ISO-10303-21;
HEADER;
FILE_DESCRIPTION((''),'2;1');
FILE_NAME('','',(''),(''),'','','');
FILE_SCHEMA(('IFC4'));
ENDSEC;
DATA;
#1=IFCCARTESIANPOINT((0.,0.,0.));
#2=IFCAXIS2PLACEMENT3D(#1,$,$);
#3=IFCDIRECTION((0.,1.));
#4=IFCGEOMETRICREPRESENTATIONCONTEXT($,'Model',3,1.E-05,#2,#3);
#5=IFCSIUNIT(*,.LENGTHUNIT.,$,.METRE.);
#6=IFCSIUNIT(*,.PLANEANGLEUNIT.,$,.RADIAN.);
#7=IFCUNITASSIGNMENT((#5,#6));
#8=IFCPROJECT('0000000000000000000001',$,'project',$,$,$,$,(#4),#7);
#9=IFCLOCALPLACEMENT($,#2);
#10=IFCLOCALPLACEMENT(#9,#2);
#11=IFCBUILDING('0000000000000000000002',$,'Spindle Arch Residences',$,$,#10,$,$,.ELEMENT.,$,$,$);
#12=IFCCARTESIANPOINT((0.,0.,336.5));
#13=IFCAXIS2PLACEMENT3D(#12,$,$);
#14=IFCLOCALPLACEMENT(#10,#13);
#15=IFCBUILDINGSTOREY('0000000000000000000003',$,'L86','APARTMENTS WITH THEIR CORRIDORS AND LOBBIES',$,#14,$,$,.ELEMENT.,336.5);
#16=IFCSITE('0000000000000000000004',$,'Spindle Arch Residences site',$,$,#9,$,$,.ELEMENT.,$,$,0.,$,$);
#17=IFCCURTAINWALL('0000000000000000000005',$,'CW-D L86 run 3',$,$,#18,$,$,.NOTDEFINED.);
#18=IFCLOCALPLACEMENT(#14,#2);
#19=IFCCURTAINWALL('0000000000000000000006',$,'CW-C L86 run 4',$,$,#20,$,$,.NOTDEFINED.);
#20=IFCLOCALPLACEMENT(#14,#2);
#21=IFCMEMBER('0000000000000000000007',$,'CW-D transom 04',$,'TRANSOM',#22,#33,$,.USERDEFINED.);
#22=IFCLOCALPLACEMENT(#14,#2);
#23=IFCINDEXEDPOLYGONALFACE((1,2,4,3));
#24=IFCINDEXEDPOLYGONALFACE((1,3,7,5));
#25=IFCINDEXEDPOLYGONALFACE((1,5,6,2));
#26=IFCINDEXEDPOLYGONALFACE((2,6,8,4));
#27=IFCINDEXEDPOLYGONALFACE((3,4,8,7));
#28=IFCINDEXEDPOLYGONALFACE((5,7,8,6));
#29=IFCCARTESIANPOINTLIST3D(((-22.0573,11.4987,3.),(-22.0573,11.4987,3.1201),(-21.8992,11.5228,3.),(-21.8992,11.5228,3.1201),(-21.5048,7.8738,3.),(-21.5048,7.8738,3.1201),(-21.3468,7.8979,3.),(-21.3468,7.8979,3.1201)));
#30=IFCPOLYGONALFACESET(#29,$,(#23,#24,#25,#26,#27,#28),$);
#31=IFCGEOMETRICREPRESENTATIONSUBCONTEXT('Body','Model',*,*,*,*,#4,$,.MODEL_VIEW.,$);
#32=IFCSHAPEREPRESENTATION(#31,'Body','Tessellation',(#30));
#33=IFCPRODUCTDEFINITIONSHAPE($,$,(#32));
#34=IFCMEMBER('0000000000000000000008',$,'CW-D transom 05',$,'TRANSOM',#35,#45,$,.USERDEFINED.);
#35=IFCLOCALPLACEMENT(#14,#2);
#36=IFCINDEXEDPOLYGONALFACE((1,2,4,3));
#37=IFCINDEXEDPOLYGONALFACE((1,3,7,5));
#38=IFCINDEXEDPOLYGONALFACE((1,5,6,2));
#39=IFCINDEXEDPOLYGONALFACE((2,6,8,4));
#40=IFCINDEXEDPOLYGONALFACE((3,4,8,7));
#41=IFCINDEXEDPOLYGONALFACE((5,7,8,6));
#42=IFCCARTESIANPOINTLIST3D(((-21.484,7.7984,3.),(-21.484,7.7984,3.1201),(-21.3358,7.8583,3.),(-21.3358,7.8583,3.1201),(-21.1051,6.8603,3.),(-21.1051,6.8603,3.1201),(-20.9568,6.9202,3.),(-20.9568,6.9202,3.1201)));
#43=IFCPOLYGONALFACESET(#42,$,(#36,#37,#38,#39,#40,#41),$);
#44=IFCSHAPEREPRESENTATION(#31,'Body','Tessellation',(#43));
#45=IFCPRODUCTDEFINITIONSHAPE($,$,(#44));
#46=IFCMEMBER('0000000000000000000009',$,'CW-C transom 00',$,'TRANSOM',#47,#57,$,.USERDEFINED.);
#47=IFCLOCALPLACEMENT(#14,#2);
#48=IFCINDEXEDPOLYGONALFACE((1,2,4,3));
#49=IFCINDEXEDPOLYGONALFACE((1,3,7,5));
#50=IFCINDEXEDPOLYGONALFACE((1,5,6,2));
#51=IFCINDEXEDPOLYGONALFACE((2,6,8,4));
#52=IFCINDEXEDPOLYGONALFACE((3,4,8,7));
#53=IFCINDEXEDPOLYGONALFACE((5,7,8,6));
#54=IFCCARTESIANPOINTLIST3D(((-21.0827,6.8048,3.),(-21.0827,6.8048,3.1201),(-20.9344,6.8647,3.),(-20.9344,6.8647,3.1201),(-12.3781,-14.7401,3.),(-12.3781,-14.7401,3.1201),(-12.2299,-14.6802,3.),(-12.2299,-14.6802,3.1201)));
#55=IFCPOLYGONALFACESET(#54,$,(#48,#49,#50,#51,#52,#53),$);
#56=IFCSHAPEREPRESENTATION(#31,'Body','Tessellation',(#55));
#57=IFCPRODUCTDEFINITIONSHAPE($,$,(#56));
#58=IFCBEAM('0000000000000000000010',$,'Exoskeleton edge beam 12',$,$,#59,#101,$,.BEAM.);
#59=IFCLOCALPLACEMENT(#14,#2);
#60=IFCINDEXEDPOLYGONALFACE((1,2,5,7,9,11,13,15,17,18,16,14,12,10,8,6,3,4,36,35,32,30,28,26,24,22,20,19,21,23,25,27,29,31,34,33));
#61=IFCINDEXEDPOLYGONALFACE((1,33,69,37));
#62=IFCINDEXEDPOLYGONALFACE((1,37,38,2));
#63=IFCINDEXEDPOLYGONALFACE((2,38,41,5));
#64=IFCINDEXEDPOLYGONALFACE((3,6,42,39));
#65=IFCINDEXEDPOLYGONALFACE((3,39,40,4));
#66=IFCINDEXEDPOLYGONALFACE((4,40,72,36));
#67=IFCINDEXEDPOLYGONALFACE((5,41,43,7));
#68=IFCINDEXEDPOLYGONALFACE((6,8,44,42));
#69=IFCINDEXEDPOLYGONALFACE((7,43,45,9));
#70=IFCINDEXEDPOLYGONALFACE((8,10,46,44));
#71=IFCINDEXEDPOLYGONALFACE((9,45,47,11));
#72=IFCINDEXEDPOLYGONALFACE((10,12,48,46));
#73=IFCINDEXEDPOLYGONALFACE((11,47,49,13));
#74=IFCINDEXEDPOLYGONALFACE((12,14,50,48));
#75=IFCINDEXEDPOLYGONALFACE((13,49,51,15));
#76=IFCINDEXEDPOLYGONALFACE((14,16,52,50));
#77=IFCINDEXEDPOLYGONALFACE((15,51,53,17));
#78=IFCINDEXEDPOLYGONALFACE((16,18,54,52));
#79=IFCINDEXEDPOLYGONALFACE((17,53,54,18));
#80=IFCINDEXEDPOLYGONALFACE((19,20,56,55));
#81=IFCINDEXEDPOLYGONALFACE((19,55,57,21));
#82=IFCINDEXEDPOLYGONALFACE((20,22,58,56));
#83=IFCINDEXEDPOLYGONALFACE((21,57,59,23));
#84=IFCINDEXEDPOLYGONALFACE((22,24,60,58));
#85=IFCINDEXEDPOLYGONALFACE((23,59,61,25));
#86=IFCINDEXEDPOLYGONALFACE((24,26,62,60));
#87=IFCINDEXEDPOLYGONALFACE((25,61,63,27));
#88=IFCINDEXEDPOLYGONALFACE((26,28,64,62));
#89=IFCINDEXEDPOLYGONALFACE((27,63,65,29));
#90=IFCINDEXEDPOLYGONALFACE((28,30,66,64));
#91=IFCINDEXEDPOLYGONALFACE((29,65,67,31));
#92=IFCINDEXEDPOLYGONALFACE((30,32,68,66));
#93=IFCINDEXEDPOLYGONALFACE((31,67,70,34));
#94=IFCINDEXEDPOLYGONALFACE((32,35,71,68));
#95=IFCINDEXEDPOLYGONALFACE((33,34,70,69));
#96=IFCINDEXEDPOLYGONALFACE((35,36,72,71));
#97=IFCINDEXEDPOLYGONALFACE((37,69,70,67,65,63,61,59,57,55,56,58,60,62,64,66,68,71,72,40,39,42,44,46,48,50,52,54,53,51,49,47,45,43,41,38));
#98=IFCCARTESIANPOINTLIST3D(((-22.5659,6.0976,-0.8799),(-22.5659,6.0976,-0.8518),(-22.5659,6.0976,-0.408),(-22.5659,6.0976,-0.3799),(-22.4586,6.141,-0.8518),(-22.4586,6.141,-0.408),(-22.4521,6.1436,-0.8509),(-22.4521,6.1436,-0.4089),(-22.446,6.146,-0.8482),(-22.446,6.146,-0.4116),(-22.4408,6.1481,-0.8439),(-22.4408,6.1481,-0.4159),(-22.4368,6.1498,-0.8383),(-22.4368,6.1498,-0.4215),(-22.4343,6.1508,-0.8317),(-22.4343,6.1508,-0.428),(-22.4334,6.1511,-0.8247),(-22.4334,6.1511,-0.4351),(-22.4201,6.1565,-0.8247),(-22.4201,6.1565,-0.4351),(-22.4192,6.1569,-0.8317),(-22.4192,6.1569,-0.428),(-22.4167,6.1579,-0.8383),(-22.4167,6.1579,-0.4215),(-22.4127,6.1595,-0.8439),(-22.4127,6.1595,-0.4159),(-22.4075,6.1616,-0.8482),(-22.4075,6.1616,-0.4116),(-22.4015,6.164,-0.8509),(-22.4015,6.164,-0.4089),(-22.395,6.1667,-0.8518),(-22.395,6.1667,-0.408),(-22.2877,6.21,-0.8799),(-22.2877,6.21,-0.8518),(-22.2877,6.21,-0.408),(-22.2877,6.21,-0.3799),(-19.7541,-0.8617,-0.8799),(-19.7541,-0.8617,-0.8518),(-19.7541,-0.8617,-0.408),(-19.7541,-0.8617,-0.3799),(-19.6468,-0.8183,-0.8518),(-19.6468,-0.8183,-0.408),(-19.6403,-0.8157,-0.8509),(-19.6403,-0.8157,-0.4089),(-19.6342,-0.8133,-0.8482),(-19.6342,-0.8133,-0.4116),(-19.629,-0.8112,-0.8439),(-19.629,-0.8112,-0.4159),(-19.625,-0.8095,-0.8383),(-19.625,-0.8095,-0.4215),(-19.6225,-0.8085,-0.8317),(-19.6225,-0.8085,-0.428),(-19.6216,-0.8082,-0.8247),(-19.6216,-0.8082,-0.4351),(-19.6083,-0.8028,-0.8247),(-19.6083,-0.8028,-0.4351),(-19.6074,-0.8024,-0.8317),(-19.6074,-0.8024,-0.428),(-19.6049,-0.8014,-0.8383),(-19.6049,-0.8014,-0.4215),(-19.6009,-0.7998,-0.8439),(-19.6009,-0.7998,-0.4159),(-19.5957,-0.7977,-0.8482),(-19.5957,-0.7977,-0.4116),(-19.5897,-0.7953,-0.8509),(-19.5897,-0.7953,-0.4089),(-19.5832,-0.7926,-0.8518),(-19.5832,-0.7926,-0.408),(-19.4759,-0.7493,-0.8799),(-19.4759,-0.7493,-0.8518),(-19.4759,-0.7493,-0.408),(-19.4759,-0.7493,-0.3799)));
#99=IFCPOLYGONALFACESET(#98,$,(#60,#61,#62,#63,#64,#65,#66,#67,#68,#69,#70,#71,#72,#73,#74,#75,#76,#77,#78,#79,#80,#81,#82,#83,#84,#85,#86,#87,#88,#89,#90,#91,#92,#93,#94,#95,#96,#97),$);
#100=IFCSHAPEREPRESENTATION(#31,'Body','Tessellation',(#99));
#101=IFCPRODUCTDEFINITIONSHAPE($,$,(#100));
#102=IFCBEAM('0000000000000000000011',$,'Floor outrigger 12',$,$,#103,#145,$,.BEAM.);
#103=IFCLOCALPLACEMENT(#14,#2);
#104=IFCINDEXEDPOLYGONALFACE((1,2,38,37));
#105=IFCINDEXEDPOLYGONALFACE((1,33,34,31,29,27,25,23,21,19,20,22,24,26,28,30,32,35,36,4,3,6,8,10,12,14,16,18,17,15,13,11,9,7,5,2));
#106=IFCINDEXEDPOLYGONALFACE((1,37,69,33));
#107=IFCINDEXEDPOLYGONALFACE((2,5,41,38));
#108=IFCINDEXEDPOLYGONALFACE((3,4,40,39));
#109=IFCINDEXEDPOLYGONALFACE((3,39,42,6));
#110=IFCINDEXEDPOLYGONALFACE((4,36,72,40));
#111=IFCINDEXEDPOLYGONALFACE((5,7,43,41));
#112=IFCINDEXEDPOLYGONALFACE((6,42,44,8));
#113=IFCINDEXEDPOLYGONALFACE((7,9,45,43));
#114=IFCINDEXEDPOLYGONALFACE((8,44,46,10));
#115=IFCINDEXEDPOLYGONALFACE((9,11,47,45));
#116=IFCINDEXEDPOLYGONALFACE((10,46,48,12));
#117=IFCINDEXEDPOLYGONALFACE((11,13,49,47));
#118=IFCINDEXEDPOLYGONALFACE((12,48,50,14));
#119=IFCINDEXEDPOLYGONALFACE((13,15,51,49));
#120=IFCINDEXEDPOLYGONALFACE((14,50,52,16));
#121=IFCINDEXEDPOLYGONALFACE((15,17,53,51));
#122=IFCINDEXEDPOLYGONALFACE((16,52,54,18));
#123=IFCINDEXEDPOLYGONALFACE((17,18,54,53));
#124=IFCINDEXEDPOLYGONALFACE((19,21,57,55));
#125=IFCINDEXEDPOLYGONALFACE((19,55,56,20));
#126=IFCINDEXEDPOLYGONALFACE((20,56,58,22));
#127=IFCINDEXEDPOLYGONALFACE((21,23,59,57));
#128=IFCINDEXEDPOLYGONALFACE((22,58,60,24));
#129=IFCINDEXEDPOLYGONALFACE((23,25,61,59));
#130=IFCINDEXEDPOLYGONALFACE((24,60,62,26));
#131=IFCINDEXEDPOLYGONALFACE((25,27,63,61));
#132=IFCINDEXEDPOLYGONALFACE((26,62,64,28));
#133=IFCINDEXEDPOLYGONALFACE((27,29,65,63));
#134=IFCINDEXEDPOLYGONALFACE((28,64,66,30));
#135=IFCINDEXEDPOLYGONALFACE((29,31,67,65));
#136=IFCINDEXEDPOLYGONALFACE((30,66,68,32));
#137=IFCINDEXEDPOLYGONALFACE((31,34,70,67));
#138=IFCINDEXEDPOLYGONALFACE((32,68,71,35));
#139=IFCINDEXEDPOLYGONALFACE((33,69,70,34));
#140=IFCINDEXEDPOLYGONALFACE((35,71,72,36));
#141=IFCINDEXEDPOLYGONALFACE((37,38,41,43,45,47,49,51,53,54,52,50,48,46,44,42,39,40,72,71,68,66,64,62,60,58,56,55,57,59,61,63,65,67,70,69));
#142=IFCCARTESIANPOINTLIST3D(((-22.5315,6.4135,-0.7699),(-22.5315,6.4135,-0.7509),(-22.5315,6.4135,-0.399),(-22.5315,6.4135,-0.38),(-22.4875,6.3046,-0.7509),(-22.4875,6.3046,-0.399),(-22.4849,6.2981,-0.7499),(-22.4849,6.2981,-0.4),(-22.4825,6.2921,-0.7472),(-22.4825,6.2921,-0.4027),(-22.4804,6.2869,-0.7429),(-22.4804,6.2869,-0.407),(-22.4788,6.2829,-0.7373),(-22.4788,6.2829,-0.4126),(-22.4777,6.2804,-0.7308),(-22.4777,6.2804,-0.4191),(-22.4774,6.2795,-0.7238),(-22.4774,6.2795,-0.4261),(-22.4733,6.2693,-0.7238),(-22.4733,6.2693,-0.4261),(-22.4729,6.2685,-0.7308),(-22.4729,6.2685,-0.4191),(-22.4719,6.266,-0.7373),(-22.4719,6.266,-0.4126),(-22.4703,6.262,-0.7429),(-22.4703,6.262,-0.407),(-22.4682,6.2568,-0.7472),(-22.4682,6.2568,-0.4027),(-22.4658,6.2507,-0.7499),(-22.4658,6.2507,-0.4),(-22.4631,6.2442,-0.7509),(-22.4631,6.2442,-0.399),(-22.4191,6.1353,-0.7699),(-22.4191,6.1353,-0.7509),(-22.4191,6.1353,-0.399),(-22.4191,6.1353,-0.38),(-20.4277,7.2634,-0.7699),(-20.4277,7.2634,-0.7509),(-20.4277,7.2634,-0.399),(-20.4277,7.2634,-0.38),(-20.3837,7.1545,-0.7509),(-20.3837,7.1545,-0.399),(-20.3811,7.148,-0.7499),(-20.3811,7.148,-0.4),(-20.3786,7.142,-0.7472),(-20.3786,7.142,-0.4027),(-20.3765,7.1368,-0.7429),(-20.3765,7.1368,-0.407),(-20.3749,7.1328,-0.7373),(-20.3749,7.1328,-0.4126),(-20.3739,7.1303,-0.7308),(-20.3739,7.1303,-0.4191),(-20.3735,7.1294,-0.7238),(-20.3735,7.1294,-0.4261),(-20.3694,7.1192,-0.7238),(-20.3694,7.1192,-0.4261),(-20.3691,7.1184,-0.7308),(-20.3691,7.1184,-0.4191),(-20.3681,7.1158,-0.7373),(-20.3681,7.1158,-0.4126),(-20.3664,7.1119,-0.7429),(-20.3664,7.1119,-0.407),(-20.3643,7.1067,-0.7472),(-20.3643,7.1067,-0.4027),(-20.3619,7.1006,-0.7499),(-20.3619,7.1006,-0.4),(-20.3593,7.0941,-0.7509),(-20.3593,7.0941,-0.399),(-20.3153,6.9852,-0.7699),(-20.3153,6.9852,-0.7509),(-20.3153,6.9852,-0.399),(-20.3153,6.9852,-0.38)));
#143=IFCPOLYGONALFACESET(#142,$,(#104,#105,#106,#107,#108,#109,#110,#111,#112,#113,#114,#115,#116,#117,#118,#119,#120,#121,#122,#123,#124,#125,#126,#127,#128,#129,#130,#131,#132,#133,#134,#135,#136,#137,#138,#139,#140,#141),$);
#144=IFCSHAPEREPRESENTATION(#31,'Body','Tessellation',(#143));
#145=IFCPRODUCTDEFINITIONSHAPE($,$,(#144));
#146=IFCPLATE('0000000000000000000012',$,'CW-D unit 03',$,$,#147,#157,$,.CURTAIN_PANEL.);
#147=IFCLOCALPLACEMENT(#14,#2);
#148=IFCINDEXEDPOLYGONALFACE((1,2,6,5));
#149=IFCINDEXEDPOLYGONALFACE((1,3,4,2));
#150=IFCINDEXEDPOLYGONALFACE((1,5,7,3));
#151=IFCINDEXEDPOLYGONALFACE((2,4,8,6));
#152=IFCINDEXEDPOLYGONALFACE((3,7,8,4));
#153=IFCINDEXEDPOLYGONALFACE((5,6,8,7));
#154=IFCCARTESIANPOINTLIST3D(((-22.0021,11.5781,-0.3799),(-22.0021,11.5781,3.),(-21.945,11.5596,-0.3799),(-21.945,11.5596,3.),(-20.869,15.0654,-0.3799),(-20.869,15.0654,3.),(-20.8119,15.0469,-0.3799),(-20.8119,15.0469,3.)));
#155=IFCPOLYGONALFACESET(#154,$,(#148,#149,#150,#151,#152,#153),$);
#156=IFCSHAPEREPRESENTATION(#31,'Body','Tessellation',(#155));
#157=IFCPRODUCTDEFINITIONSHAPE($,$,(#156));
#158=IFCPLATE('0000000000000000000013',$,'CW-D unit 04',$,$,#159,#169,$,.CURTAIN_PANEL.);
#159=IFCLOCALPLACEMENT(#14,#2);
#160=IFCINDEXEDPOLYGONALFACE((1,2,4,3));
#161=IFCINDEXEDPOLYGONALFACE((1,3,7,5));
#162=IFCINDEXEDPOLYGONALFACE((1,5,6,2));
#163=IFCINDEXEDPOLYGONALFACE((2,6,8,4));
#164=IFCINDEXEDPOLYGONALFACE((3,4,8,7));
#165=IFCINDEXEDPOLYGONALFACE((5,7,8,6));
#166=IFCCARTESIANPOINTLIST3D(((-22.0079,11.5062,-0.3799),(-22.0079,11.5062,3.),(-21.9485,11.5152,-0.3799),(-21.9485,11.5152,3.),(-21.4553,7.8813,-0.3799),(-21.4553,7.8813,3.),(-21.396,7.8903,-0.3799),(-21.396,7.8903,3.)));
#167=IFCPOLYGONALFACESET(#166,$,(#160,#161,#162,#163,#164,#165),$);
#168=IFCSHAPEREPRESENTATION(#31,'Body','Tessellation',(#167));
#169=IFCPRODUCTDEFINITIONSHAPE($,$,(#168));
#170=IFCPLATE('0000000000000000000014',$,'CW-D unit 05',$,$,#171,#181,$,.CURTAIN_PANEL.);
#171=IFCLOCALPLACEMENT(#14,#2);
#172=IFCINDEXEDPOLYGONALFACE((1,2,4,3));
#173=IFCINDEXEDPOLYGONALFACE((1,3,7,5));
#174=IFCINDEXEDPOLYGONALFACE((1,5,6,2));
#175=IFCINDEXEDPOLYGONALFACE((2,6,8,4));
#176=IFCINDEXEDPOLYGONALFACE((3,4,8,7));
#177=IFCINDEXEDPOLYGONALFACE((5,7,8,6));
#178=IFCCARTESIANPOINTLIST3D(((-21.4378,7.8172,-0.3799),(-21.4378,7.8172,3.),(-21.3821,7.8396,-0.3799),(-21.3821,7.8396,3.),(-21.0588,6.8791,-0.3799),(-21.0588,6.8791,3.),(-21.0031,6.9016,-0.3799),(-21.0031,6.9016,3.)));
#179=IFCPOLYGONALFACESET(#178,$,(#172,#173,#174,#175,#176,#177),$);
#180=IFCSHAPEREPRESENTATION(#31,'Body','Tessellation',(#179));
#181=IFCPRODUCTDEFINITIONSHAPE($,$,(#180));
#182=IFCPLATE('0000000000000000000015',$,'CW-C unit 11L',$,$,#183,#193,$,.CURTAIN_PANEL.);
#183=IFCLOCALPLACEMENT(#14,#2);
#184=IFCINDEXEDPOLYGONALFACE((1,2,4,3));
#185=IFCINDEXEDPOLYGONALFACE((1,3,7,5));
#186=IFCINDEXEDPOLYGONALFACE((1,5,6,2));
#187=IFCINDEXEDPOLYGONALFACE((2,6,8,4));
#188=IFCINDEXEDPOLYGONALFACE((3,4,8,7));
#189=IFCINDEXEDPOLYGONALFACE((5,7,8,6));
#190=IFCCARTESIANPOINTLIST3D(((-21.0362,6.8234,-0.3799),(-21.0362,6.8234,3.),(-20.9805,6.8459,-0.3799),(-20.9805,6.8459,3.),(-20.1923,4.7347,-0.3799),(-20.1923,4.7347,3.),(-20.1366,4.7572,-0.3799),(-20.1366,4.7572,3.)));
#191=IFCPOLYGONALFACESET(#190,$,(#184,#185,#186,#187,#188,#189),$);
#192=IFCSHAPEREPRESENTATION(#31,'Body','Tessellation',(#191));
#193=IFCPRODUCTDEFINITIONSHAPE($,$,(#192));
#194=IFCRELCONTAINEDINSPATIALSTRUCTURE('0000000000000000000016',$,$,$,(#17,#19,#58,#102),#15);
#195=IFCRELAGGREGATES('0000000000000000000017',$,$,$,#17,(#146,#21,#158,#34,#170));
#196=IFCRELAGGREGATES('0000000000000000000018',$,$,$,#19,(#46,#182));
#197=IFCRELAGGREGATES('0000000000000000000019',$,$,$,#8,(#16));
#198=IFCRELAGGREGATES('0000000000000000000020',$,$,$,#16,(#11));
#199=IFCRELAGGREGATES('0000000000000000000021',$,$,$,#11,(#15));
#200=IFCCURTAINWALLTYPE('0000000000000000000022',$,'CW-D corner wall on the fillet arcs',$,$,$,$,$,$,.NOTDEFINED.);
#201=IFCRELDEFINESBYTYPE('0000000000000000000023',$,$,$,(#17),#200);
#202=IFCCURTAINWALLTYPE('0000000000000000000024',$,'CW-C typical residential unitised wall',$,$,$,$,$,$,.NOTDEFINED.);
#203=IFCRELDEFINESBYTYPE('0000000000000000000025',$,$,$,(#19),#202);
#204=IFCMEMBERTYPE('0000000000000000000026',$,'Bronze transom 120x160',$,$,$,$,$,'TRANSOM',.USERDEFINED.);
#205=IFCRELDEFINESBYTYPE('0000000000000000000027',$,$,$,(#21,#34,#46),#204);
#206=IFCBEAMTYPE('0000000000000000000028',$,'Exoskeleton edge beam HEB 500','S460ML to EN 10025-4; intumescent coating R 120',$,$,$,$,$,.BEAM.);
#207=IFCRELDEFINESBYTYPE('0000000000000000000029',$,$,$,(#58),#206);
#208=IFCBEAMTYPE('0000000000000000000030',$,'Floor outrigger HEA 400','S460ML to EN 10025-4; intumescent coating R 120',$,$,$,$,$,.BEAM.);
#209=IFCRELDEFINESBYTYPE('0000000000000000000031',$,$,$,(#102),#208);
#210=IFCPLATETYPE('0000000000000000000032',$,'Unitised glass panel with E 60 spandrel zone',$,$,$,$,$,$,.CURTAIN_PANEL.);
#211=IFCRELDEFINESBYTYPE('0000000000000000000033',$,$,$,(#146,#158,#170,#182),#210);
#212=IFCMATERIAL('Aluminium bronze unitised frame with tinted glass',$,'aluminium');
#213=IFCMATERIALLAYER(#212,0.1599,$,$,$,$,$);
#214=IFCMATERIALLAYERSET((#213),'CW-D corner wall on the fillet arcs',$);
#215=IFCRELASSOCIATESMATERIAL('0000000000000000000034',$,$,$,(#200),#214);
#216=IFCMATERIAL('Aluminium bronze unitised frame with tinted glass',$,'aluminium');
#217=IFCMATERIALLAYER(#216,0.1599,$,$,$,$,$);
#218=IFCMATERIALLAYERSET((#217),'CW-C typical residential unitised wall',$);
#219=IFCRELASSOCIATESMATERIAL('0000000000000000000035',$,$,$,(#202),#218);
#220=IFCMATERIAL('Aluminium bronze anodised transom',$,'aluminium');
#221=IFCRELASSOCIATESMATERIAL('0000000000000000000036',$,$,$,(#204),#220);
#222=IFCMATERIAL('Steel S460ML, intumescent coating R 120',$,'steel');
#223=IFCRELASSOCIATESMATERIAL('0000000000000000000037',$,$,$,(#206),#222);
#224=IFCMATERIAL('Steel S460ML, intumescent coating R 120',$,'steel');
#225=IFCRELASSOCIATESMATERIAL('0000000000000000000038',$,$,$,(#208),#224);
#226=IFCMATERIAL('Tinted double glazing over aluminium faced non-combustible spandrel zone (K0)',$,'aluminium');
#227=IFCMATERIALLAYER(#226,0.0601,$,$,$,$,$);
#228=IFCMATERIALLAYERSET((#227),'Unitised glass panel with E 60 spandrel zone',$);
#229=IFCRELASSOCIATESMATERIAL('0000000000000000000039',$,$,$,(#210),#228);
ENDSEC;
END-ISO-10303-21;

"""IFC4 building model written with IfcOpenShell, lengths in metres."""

from ifc_helpers import new_model, si_unit, direction, frame, origin, origin_2d, place, context, subcontext, project, spatial, rectangle, i_section, extrude, material, layer, layer_set, material_profile, profile_set, type_object, element, aggregate, save


model = new_model("IFC4")

# Units and contexts
model_context = context("Model", 3, precision=1e-05, world=origin(), true_north=direction((0.0, 1.0)))
body_context = subcontext(model_context, "Body", "Model", "MODEL_VIEW")
ifc_project = project(units=[si_unit("LENGTHUNIT", "METRE"), si_unit("PLANEANGLEUNIT", "RADIAN")], contexts=[model_context])

# Site, building, storey
site_placement = place(None, origin())
site = spatial("IfcSite", under=ifc_project, at=site_placement, Name="Spindle Arch Residences site", CompositionType="ELEMENT", RefElevation=0.0)
building_placement = place(site_placement, origin())
building = spatial("IfcBuilding", under=site, at=building_placement, Name="Spindle Arch Residences", CompositionType="ELEMENT")
storey_placement = place(building_placement, frame((0.0, 0.0, 336.5)))
storey = spatial("IfcBuildingStorey", under=building, at=storey_placement, Name="L86", Description="APARTMENTS WITH THEIR CORRIDORS AND LOBBIES", CompositionType="ELEMENT", Elevation=336.5)

# Curtain wall
ifc_material_1 = material(Name="Aluminium bronze unitised frame with tinted glass", Category="aluminium")
ifc_layer_1 = layer(ifc_material_1, 0.1599)
ifc_layer_set_1 = layer_set([ifc_layer_1], Name="CW-D corner wall on the fillet arcs")
curtain_wall_type_1 = type_object("IfcCurtainWallType", Name="CW-D corner wall on the fillet arcs", PredefinedType="NOTDEFINED", material=ifc_layer_set_1)
curtain_wall_1_placement = place(storey_placement, origin())
curtain_wall_1 = element("IfcCurtainWall", 1, at=curtain_wall_1_placement, inside=storey, type_object=curtain_wall_type_1, Name="CW-D L86 run 3", PredefinedType="NOTDEFINED")

# Curtain wall
ifc_material_2 = material(Name="Aluminium bronze unitised frame with tinted glass", Category="aluminium")
ifc_layer_2 = layer(ifc_material_2, 0.1599)
ifc_layer_set_2 = layer_set([ifc_layer_2], Name="CW-C typical residential unitised wall")
curtain_wall_type_2 = type_object("IfcCurtainWallType", Name="CW-C typical residential unitised wall", PredefinedType="NOTDEFINED", material=ifc_layer_set_2)
curtain_wall_2_placement = place(storey_placement, origin())
curtain_wall_2 = element("IfcCurtainWall", 2, at=curtain_wall_2_placement, inside=storey, type_object=curtain_wall_type_2, Name="CW-C L86 run 4", PredefinedType="NOTDEFINED")

# Members
ifc_material_3 = material(Name="Aluminium bronze anodised transom", Category="aluminium")
ifc_material_profile_1 = material_profile(ifc_material_3, rectangle(XDim=0.1599, YDim=0.1201, at=origin_2d()), Name="TR 120x160")
ifc_profile_set_1 = profile_set([ifc_material_profile_1], Name="Aluminium bronze anodised transom")
member_type_1 = type_object("IfcMemberType", Name="Bronze transom 120x160", ElementType="TRANSOM", PredefinedType="USERDEFINED", material=ifc_profile_set_1)
member_1_placement = place(storey_placement, frame((-21.9783, 11.5107, 3.0601), z_axis=(0.150671, -0.988584, 0.0), x_axis=(0.988584, 0.150671, 0.0)))
member_1 = element("IfcMember", 3, at=member_1_placement, type_object=member_type_1, Name="CW-D transom 04", ObjectType="TRANSOM", PredefinedType="USERDEFINED", context=body_context, shape_type="SweptSolid", body=[
    extrude(rectangle(XDim=0.1599, YDim=0.1201, at=origin_2d()), origin(), (0.0, 0.0, 1.0), 3.6667),
])
member_2_placement = place(storey_placement, frame((-21.4099, 7.8284, 3.0601), z_axis=(0.374551, -0.927206, 0.0), x_axis=(0.927206, 0.374551, 0.0)))
member_2 = element("IfcMember", 4, at=member_2_placement, type_object=member_type_1, Name="CW-D transom 05", ObjectType="TRANSOM", PredefinedType="USERDEFINED", context=body_context, shape_type="SweptSolid", body=[
    extrude(rectangle(XDim=0.1599, YDim=0.1201, at=origin_2d()), origin(), (0.0, 0.0, 1.0), 1.0117),
])
member_3_placement = place(storey_placement, frame((-21.0085, 6.8347, 3.0601), z_axis=(0.374602, -0.927186, 0.0), x_axis=(0.927186, 0.374602, 0.0)))
member_3 = element("IfcMember", 5, at=member_3_placement, type_object=member_type_1, Name="CW-C transom 00", ObjectType="TRANSOM", PredefinedType="USERDEFINED", context=body_context, shape_type="SweptSolid", body=[
    extrude(rectangle(XDim=0.1599, YDim=0.1201, at=origin_2d()), origin(), (0.0, 0.0, 1.0), 23.2368),
])

# Beams
ifc_material_4 = material(Name="Steel S460ML, intumescent coating R 120", Category="steel")
ifc_material_profile_2 = material_profile(ifc_material_4, i_section(OverallWidth=0.3, OverallDepth=0.5, WebThickness=0.0144, FlangeThickness=0.0281, FilletRadius=0.0271, at=origin_2d()), Name="HEB 500")
ifc_profile_set_2 = profile_set([ifc_material_profile_2], Name="Steel S460ML, intumescent coating R 120")
beam_type_1 = type_object("IfcBeamType", Name="Exoskeleton edge beam HEB 500", Description="S460ML to EN 10025-4; intumescent coating R 120", PredefinedType="BEAM", material=ifc_profile_set_2)
beam_1_placement = place(storey_placement, frame((-22.4268, 6.1538, -0.6299), z_axis=(0.374613, -0.927181, 0.0), x_axis=(0.927181, 0.374613, 0.0)))
element("IfcBeam", 6, at=beam_1_placement, inside=storey, type_object=beam_type_1, Name="Exoskeleton edge beam 12", PredefinedType="BEAM", context=body_context, shape_type="SweptSolid", body=[
    extrude(i_section(OverallWidth=0.3, OverallDepth=0.5, WebThickness=0.0144, FlangeThickness=0.0281, FilletRadius=0.0271, at=origin_2d()), origin(), (0.0, 0.0, 1.0), 7.5059),
])
ifc_material_5 = material(Name="Steel S460ML, intumescent coating R 120", Category="steel")
ifc_material_profile_3 = material_profile(ifc_material_5, i_section(OverallWidth=0.3, OverallDepth=0.3899, WebThickness=0.011, FlangeThickness=0.019, FilletRadius=0.0271, at=origin_2d()), Name="HEA 400")
ifc_profile_set_3 = profile_set([ifc_material_profile_3], Name="Steel S460ML, intumescent coating R 120")
beam_type_2 = type_object("IfcBeamType", Name="Floor outrigger HEA 400", Description="S460ML to EN 10025-4; intumescent coating R 120", PredefinedType="BEAM", material=ifc_profile_set_3)
beam_2_placement = place(storey_placement, frame((-22.4753, 6.2744, -0.575), z_axis=(0.927202, 0.374561, 0.0), x_axis=(-0.374561, 0.927202, 0.0)))
element("IfcBeam", 7, at=beam_2_placement, inside=storey, type_object=beam_type_2, Name="Floor outrigger 12", PredefinedType="BEAM", context=body_context, shape_type="SweptSolid", body=[
    extrude(i_section(OverallWidth=0.3, OverallDepth=0.3899, WebThickness=0.011, FlangeThickness=0.019, FilletRadius=0.0271, at=origin_2d()), origin(), (0.0, 0.0, 1.0), 2.269),
])

# Plates
ifc_material_6 = material(Name="Tinted double glazing over aluminium faced non-combustible spandrel zone (K0)", Category="aluminium")
ifc_layer_3 = layer(ifc_material_6, 0.0601)
ifc_layer_set_3 = layer_set([ifc_layer_3], Name="Unitised glass panel with E 60 spandrel zone")
plate_type = type_object("IfcPlateType", Name="Unitised glass panel with E 60 spandrel zone", PredefinedType="CURTAIN_PANEL", material=ifc_layer_set_3)
plate_1_placement = place(storey_placement, frame((-21.407, 13.3125, -0.3799), z_axis=(0.0, 0.0, 1.0), x_axis=(-0.309017, -0.951057, 0.0)))
plate_1 = element("IfcPlate", 8, at=plate_1_placement, type_object=plate_type, Name="CW-D unit 03", PredefinedType="CURTAIN_PANEL", context=body_context, shape_type="SweptSolid", body=[
    extrude(rectangle(XDim=3.6667, YDim=0.0601, at=origin_2d()), origin(), (0.0, 0.0, 1.0), 3.3799),
])
plate_2_placement = place(storey_placement, frame((-21.7019, 9.6982, -0.3799), z_axis=(0.0, 0.0, 1.0), x_axis=(0.150686, -0.988582, 0.0)))
plate_2 = element("IfcPlate", 9, at=plate_2_placement, type_object=plate_type, Name="CW-D unit 04", PredefinedType="CURTAIN_PANEL", context=body_context, shape_type="SweptSolid", body=[
    extrude(rectangle(XDim=3.6667, YDim=0.0601, at=origin_2d()), origin(), (0.0, 0.0, 1.0), 3.3799),
])
plate_3_placement = place(storey_placement, frame((-21.2205, 7.3594, -0.3799), z_axis=(0.0, 0.0, 1.0), x_axis=(0.374607, -0.927184, 0.0)))
plate_3 = element("IfcPlate", 10, at=plate_3_placement, type_object=plate_type, Name="CW-D unit 05", PredefinedType="CURTAIN_PANEL", context=body_context, shape_type="SweptSolid", body=[
    extrude(rectangle(XDim=1.0117, YDim=0.0601, at=origin_2d()), origin(), (0.0, 0.0, 1.0), 3.3799),
])
aggregate(curtain_wall_1, [plate_1, member_1, plate_2, member_2, plate_3])
plate_4_placement = place(storey_placement, frame((-20.5864, 5.7903, -0.3799), z_axis=(0.0, 0.0, 1.0), x_axis=(0.374607, -0.927184, 0.0)))
plate_4 = element("IfcPlate", 11, at=plate_4_placement, type_object=plate_type, Name="CW-C unit 11L", PredefinedType="CURTAIN_PANEL", context=body_context, shape_type="SweptSolid", body=[
    extrude(rectangle(XDim=2.2527, YDim=0.0601, at=origin_2d()), origin(), (0.0, 0.0, 1.0), 3.3799),
])
aggregate(curtain_wall_2, [member_3, plate_4])

save(model, "model.ifc")
